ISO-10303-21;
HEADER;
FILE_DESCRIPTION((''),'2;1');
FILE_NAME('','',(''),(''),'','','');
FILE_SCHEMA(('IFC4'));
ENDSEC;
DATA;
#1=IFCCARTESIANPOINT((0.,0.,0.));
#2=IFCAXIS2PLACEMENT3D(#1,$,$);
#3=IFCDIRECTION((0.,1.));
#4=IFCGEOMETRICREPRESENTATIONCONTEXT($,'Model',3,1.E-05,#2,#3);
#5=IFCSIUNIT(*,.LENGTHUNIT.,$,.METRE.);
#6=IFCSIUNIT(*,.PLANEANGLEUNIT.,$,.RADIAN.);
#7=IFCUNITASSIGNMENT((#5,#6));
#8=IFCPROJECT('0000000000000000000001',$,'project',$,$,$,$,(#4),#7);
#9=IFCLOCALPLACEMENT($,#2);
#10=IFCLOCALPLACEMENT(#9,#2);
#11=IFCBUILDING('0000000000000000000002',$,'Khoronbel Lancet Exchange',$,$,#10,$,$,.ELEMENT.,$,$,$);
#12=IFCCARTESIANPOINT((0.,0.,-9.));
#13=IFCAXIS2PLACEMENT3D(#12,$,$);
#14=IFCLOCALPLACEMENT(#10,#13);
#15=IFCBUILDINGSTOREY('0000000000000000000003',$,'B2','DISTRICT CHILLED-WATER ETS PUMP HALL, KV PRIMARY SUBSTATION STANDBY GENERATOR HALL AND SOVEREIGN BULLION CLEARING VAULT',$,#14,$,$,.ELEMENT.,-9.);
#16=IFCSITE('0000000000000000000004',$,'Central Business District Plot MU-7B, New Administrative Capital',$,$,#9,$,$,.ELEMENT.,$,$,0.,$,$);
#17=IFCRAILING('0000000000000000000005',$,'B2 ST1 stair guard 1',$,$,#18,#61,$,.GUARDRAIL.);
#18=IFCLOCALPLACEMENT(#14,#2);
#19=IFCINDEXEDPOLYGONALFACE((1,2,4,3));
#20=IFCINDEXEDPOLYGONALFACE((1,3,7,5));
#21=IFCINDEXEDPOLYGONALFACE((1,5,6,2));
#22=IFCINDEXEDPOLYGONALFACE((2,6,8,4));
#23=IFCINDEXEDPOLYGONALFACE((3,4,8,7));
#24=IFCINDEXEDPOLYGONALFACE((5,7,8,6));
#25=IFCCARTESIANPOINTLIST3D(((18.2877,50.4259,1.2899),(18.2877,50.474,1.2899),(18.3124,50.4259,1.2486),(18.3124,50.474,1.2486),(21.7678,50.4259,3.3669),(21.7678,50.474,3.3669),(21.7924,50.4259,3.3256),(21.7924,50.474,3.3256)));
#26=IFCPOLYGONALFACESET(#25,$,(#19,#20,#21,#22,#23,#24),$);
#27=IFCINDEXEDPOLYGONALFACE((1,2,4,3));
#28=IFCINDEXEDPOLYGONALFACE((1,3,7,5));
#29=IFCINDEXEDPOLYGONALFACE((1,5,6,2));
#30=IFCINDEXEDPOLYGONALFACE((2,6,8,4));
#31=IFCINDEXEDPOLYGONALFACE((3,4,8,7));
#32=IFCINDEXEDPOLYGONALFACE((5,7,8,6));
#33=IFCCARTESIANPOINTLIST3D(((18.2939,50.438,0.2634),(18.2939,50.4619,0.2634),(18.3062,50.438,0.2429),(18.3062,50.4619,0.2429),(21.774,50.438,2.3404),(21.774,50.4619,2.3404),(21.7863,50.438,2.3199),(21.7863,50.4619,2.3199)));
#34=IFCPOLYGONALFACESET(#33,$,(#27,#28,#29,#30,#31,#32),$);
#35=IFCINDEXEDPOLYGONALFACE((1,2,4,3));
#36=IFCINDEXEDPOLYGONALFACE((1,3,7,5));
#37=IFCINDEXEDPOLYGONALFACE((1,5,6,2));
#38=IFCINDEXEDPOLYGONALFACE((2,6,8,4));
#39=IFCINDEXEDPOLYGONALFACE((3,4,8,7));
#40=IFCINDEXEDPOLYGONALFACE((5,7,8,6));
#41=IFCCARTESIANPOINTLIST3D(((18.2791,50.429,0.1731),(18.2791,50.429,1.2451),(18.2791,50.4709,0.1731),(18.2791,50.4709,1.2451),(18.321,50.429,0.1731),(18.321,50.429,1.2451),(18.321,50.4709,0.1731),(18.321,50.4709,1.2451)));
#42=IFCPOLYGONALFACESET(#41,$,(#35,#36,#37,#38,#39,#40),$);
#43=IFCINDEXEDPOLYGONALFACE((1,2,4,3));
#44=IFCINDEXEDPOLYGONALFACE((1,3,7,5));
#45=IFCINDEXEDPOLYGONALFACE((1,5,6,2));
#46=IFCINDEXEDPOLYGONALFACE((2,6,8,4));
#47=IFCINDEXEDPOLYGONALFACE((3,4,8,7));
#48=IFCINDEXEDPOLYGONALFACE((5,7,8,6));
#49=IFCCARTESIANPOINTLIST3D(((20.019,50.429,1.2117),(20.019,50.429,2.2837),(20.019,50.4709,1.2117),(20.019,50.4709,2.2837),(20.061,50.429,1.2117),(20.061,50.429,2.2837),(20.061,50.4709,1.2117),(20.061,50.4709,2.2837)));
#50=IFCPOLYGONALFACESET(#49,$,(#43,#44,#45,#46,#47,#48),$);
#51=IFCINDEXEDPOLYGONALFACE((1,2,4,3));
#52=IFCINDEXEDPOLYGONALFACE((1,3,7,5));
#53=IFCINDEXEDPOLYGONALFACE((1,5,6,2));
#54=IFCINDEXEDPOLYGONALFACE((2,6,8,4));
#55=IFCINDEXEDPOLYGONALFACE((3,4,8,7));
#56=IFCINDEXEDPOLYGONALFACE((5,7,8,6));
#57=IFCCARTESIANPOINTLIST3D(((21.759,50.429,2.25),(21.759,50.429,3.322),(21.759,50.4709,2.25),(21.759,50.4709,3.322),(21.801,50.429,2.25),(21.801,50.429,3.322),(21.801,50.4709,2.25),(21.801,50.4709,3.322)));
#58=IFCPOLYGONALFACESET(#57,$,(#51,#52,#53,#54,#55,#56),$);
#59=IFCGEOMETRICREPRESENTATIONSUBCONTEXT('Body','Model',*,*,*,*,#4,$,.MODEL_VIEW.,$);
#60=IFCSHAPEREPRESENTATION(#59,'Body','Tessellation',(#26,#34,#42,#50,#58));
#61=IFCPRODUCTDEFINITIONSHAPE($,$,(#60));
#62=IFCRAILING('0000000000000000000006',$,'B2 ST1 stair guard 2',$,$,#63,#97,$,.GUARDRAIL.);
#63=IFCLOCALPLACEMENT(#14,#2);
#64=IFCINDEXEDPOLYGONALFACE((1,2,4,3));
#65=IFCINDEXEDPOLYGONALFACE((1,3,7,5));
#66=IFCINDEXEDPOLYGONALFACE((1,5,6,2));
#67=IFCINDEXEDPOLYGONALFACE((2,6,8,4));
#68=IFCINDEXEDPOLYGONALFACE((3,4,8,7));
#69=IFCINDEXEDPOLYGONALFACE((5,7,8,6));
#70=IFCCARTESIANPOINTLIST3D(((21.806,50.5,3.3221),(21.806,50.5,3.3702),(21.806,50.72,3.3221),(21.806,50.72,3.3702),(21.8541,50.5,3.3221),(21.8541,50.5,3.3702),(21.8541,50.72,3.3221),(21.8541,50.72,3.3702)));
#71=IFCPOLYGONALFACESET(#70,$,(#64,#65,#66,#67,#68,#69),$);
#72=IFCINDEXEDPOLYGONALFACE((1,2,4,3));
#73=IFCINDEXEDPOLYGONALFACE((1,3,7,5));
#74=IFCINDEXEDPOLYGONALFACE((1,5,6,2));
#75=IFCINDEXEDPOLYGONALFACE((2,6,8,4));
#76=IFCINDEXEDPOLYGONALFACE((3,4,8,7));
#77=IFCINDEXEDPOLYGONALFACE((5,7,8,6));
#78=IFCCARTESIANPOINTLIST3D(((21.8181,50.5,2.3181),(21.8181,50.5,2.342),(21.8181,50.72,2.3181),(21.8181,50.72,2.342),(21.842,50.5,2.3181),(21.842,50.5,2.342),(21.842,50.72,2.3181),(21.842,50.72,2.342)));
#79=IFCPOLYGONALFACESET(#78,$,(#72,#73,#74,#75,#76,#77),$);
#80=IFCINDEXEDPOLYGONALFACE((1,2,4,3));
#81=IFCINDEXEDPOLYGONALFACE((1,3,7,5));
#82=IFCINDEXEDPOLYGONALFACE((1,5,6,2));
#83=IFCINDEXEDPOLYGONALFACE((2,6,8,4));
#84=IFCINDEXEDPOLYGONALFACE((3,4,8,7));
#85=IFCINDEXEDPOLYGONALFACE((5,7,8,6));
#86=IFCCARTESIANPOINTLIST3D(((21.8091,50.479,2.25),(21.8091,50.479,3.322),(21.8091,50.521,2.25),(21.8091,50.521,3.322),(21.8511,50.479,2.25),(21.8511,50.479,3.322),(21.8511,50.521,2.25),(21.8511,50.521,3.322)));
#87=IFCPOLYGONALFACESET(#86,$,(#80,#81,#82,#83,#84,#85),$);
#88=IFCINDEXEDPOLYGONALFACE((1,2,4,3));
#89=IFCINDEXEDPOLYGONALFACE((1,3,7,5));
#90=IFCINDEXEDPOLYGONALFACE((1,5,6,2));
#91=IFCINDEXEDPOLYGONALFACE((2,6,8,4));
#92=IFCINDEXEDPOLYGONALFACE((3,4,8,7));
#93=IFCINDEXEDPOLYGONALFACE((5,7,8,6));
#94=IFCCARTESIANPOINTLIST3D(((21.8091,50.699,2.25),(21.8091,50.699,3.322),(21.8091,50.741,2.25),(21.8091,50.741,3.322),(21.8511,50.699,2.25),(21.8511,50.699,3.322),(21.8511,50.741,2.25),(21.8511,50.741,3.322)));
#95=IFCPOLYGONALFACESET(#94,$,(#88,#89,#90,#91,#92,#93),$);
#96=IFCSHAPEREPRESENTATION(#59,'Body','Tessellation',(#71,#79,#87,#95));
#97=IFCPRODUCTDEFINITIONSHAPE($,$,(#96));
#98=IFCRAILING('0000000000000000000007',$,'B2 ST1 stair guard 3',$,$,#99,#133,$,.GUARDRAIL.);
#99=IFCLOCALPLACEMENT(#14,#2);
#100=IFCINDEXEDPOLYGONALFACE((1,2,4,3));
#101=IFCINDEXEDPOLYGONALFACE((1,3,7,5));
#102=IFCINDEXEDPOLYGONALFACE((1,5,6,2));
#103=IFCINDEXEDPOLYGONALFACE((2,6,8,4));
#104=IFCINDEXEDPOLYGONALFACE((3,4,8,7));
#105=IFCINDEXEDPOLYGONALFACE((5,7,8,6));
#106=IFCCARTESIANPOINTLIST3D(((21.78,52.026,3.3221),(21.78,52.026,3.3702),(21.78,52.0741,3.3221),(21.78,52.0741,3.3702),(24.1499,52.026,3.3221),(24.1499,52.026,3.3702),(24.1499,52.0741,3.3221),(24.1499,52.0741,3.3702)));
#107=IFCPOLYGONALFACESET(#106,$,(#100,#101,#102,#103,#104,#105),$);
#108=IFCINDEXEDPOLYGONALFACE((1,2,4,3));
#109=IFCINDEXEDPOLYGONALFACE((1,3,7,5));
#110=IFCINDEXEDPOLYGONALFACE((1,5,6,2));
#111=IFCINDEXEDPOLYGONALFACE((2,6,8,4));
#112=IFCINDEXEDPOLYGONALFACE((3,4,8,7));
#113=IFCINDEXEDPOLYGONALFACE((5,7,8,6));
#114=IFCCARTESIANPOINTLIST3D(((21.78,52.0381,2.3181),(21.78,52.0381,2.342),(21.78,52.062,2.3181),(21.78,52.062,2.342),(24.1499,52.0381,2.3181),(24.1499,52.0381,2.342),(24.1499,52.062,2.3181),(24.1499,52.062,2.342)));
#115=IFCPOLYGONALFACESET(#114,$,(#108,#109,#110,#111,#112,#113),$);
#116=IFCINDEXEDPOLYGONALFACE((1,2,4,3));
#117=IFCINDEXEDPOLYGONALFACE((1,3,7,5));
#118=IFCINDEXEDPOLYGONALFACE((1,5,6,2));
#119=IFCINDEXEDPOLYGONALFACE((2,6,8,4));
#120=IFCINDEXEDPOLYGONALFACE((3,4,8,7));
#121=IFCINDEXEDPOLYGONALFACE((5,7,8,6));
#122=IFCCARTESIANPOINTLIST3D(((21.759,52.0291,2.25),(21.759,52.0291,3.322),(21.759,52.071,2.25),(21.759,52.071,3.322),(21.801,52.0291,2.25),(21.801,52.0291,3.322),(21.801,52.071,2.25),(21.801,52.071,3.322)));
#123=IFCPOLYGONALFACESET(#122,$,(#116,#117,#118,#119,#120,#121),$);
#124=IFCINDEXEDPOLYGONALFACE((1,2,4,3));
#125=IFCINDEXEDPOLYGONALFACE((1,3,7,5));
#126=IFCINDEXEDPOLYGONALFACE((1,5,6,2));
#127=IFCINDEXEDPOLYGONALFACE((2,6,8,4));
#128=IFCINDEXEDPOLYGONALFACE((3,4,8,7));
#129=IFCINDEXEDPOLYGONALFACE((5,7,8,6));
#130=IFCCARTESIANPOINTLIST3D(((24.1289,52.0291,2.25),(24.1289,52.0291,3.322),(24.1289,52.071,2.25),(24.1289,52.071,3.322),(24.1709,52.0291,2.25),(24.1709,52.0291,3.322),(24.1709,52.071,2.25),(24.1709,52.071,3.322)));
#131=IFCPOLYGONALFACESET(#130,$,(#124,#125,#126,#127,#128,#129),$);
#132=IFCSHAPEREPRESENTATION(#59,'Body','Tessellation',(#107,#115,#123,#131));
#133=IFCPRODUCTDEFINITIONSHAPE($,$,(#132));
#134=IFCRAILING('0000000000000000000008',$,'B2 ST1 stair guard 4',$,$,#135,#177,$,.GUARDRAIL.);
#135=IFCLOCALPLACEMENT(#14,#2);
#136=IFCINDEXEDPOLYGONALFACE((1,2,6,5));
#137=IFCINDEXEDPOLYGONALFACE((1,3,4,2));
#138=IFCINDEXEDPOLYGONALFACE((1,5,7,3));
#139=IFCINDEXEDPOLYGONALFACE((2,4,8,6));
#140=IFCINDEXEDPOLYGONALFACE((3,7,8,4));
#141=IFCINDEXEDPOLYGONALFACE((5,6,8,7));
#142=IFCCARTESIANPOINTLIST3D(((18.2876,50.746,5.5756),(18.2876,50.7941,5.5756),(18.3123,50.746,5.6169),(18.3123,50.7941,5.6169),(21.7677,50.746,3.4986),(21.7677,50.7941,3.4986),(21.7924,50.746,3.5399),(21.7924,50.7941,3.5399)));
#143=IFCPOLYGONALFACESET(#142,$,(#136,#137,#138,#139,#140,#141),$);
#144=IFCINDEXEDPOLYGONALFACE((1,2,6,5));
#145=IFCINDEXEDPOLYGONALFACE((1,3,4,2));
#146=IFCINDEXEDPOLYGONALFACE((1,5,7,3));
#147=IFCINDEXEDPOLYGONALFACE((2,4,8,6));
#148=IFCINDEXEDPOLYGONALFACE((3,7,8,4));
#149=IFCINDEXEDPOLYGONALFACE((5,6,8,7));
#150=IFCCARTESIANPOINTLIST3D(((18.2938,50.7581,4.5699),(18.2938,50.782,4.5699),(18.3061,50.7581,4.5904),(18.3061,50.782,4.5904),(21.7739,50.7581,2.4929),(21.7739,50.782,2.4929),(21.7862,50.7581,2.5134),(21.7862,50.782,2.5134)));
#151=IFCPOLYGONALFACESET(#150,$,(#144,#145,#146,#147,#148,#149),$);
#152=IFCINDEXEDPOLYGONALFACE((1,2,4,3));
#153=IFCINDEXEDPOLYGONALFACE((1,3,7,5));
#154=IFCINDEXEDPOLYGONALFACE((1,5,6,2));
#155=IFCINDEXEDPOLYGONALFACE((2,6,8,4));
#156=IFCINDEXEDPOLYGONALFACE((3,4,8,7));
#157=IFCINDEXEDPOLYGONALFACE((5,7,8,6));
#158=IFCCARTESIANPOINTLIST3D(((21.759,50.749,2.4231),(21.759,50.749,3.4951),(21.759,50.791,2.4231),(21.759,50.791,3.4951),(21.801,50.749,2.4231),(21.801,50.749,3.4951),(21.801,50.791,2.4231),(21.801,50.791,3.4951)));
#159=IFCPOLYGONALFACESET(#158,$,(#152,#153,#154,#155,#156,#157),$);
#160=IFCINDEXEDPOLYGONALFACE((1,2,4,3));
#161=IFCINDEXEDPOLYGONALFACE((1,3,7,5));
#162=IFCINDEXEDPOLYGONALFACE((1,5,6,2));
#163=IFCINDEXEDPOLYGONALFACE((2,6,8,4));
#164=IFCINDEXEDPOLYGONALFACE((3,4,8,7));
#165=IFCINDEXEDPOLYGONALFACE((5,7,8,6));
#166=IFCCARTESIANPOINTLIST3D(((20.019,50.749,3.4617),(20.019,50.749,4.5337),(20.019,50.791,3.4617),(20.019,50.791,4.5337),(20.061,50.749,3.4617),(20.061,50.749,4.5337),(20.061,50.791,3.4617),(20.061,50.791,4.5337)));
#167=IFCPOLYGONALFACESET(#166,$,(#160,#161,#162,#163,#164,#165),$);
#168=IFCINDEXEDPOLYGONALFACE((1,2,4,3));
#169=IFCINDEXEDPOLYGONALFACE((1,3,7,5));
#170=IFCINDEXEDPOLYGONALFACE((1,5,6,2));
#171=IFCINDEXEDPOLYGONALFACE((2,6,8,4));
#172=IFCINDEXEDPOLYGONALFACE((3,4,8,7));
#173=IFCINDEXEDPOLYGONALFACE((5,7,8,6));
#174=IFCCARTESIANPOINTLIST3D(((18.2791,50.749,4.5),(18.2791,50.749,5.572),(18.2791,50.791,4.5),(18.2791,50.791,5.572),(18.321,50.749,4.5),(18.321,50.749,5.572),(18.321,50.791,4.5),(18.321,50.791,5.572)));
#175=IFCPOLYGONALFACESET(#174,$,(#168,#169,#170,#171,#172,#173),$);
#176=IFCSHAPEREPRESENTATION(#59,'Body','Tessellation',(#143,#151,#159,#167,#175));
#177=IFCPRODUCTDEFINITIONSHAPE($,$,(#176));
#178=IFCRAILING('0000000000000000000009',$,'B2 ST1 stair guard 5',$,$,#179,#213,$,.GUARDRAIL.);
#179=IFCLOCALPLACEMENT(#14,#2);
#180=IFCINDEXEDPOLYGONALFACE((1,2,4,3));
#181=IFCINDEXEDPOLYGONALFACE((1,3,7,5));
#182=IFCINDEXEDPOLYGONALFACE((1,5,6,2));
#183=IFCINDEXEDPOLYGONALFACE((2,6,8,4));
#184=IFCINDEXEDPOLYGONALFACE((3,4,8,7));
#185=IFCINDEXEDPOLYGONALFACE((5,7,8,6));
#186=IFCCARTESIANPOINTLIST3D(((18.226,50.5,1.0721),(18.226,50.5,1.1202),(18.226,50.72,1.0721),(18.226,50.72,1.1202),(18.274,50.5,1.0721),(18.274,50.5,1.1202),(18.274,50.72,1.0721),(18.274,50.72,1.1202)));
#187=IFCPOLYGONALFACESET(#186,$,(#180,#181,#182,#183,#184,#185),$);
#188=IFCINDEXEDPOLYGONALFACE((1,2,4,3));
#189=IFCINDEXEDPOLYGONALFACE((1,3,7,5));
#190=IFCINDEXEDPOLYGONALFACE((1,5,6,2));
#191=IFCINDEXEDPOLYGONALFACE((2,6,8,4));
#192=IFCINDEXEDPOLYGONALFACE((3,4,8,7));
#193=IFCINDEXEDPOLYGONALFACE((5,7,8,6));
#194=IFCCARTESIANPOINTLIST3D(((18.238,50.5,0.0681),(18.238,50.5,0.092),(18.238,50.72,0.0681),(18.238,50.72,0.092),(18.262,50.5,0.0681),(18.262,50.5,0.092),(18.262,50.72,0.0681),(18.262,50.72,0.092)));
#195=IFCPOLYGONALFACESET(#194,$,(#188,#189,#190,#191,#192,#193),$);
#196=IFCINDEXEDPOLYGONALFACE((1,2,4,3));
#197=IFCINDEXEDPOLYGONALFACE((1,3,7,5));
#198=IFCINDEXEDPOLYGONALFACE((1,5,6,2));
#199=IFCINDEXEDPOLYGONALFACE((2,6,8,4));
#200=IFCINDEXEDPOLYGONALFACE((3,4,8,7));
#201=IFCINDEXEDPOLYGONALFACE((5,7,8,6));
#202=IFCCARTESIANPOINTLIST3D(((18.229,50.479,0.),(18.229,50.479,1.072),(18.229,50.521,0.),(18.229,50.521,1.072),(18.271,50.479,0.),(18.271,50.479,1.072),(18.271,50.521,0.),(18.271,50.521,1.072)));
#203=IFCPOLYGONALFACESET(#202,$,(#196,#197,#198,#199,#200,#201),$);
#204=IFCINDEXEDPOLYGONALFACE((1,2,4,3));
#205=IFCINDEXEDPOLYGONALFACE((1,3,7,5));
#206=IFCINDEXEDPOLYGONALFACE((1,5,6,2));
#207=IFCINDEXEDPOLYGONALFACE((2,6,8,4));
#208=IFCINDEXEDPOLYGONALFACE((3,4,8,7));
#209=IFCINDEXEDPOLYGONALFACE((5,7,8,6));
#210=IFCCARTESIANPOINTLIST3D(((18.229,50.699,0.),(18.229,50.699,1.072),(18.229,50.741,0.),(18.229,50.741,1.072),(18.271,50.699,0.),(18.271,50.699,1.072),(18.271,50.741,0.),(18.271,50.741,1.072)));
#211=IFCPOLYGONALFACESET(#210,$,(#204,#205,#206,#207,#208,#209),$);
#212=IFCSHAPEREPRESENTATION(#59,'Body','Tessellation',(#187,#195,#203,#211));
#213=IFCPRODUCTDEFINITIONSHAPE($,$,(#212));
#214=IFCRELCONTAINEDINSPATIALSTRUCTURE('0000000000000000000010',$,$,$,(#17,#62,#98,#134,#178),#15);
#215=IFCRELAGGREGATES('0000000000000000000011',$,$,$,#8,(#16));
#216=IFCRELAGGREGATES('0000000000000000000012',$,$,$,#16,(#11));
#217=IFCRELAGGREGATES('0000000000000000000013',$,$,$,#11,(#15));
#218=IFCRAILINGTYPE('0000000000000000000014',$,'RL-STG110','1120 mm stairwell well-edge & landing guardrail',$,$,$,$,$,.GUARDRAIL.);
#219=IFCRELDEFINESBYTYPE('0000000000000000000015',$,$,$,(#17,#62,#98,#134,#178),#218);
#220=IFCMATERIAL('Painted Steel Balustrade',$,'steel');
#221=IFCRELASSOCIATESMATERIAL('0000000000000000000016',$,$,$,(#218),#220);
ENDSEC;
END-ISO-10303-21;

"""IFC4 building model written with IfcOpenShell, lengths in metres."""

from ifc_helpers import new_model, si_unit, direction, frame, origin, origin_2d, place, context, subcontext, project, spatial, rectangle, extrude, material, type_object, element, save


model = new_model("IFC4")

# Units and contexts
model_context = context("Model", 3, precision=1e-05, world=origin(), true_north=direction((0.0, 1.0)))
body_context = subcontext(model_context, "Body", "Model", "MODEL_VIEW")
ifc_project = project(units=[si_unit("LENGTHUNIT", "METRE"), si_unit("PLANEANGLEUNIT", "RADIAN")], contexts=[model_context])

# Site, building, storey
site_placement = place(None, origin())
site = spatial("IfcSite", under=ifc_project, at=site_placement, Name="Central Business District Plot MU-7B, New Administrative Capital", CompositionType="ELEMENT", RefElevation=0.0)
building_placement = place(site_placement, origin())
building = spatial("IfcBuilding", under=site, at=building_placement, Name="Khoronbel Lancet Exchange", CompositionType="ELEMENT")
storey_placement = place(building_placement, frame((0.0, 0.0, -9.0)))
storey = spatial("IfcBuildingStorey", under=building, at=storey_placement, Name="B2", Description="DISTRICT CHILLED-WATER ETS PUMP HALL, KV PRIMARY SUBSTATION STANDBY GENERATOR HALL AND SOVEREIGN BULLION CLEARING VAULT", CompositionType="ELEMENT", Elevation=-9.0)

# Railings
ifc_material_1 = material(Name="Painted Steel Balustrade", Category="steel")
railing_type_1 = type_object("IfcRailingType", Name="RL-STG110", Description="1120 mm stairwell well-edge & landing guardrail", PredefinedType="GUARDRAIL", material=ifc_material_1)
railing_1_placement = place(storey_placement, frame((18.3, 50.45, 0.1731)))
element("IfcRailing", 1, at=railing_1_placement, inside=storey, type_object=railing_type_1, Name="B2 ST1 stair guard 1", PredefinedType="GUARDRAIL", context=body_context, shape_type="SweptSolid", body=[
    extrude(rectangle(XDim=0.0481, YDim=0.0481, at=origin_2d()), frame((0.0, 0.0, 1.0962), z_axis=(0.858697, 0.0, 0.512483), x_axis=(0.0, 1.0, 0.0)), (0.0, 0.0, 1.0), 4.0527),
    extrude(rectangle(XDim=0.0239, YDim=0.0239, at=origin_2d()), frame((0.0, 0.0, 0.0801), z_axis=(0.858697, 0.0, 0.512483), x_axis=(0.0, 1.0, 0.0)), (0.0, 0.0, 1.0), 4.0527),
    extrude(rectangle(XDim=0.042, YDim=0.042, at=origin_2d()), origin(), (0.0, 0.0, 1.0), 1.072),
    extrude(rectangle(XDim=0.042, YDim=0.042, at=origin_2d()), frame((1.74, 0.0, 1.0386)), (0.0, 0.0, 1.0), 1.072),
    extrude(rectangle(XDim=0.042, YDim=0.042, at=origin_2d()), frame((3.48, 0.0, 2.0769)), (0.0, 0.0, 1.0), 1.072),
])
railing_2_placement = place(storey_placement, frame((21.8301, 50.5, 2.25)))
element("IfcRailing", 2, at=railing_2_placement, inside=storey, type_object=railing_type_1, Name="B2 ST1 stair guard 2", PredefinedType="GUARDRAIL", context=body_context, shape_type="SweptSolid", body=[
    extrude(rectangle(XDim=0.0481, YDim=0.0481, at=origin_2d()), frame((0.0, 0.0, 1.0962), z_axis=(0.0, 1.0, 0.0), x_axis=(-1.0, 0.0, 0.0)), (0.0, 0.0, 1.0), 0.22),
    extrude(rectangle(XDim=0.0239, YDim=0.0239, at=origin_2d()), frame((0.0, 0.0, 0.0801), z_axis=(0.0, 1.0, 0.0), x_axis=(-1.0, 0.0, 0.0)), (0.0, 0.0, 1.0), 0.22),
    extrude(rectangle(XDim=0.042, YDim=0.042, at=origin_2d()), origin(), (0.0, 0.0, 1.0), 1.072),
    extrude(rectangle(XDim=0.042, YDim=0.042, at=origin_2d()), frame((0.0, 0.22, 0.0)), (0.0, 0.0, 1.0), 1.072),
])
railing_3_placement = place(storey_placement, frame((21.78, 52.05, 2.25)))
element("IfcRailing", 3, at=railing_3_placement, inside=storey, type_object=railing_type_1, Name="B2 ST1 stair guard 3", PredefinedType="GUARDRAIL", context=body_context, shape_type="SweptSolid", body=[
    extrude(rectangle(XDim=0.0481, YDim=0.0481, at=origin_2d()), frame((0.0, 0.0, 1.0962), z_axis=(1.0, 0.0, 0.0), x_axis=(0.0, 1.0, 0.0)), (0.0, 0.0, 1.0), 2.3699),
    extrude(rectangle(XDim=0.0239, YDim=0.0239, at=origin_2d()), frame((0.0, 0.0, 0.0801), z_axis=(1.0, 0.0, 0.0), x_axis=(0.0, 1.0, 0.0)), (0.0, 0.0, 1.0), 2.3699),
    extrude(rectangle(XDim=0.042, YDim=0.042, at=origin_2d()), origin(), (0.0, 0.0, 1.0), 1.072),
    extrude(rectangle(XDim=0.042, YDim=0.042, at=origin_2d()), frame((2.3699, 0.0, 0.0)), (0.0, 0.0, 1.0), 1.072),
])
railing_4_placement = place(storey_placement, frame((21.78, 50.77, 2.4231)))
element("IfcRailing", 4, at=railing_4_placement, inside=storey, type_object=railing_type_1, Name="B2 ST1 stair guard 4", PredefinedType="GUARDRAIL", context=body_context, shape_type="SweptSolid", body=[
    extrude(rectangle(XDim=0.0481, YDim=0.0481, at=origin_2d()), frame((0.0, 0.0, 1.0962), z_axis=(-0.858697, 0.0, 0.512483), x_axis=(0.0, -1.0, 0.0)), (0.0, 0.0, 1.0), 4.0527),
    extrude(rectangle(XDim=0.0239, YDim=0.0239, at=origin_2d()), frame((0.0, 0.0, 0.0801), z_axis=(-0.858697, 0.0, 0.512483), x_axis=(0.0, -1.0, 0.0)), (0.0, 0.0, 1.0), 4.0527),
    extrude(rectangle(XDim=0.042, YDim=0.042, at=origin_2d()), origin(), (0.0, 0.0, 1.0), 1.072),
    extrude(rectangle(XDim=0.042, YDim=0.042, at=origin_2d()), frame((-1.74, 0.0, 1.0386)), (0.0, 0.0, 1.0), 1.072),
    extrude(rectangle(XDim=0.042, YDim=0.042, at=origin_2d()), frame((-3.48, 0.0, 2.0769)), (0.0, 0.0, 1.0), 1.072),
])
railing_5_placement = place(storey_placement, frame((18.25, 50.5, 0.0)))
element("IfcRailing", 5, at=railing_5_placement, inside=storey, type_object=railing_type_1, Name="B2 ST1 stair guard 5", PredefinedType="GUARDRAIL", context=body_context, shape_type="SweptSolid", body=[
    extrude(rectangle(XDim=0.0481, YDim=0.0481, at=origin_2d()), frame((0.0, 0.0, 1.0962), z_axis=(0.0, 1.0, 0.0), x_axis=(-1.0, 0.0, 0.0)), (0.0, 0.0, 1.0), 0.22),
    extrude(rectangle(XDim=0.0239, YDim=0.0239, at=origin_2d()), frame((0.0, 0.0, 0.0801), z_axis=(0.0, 1.0, 0.0), x_axis=(-1.0, 0.0, 0.0)), (0.0, 0.0, 1.0), 0.22),
    extrude(rectangle(XDim=0.042, YDim=0.042, at=origin_2d()), origin(), (0.0, 0.0, 1.0), 1.072),
    extrude(rectangle(XDim=0.042, YDim=0.042, at=origin_2d()), frame((0.0, 0.22, 0.0)), (0.0, 0.0, 1.0), 1.072),
])

save(model, "model.ifc")
